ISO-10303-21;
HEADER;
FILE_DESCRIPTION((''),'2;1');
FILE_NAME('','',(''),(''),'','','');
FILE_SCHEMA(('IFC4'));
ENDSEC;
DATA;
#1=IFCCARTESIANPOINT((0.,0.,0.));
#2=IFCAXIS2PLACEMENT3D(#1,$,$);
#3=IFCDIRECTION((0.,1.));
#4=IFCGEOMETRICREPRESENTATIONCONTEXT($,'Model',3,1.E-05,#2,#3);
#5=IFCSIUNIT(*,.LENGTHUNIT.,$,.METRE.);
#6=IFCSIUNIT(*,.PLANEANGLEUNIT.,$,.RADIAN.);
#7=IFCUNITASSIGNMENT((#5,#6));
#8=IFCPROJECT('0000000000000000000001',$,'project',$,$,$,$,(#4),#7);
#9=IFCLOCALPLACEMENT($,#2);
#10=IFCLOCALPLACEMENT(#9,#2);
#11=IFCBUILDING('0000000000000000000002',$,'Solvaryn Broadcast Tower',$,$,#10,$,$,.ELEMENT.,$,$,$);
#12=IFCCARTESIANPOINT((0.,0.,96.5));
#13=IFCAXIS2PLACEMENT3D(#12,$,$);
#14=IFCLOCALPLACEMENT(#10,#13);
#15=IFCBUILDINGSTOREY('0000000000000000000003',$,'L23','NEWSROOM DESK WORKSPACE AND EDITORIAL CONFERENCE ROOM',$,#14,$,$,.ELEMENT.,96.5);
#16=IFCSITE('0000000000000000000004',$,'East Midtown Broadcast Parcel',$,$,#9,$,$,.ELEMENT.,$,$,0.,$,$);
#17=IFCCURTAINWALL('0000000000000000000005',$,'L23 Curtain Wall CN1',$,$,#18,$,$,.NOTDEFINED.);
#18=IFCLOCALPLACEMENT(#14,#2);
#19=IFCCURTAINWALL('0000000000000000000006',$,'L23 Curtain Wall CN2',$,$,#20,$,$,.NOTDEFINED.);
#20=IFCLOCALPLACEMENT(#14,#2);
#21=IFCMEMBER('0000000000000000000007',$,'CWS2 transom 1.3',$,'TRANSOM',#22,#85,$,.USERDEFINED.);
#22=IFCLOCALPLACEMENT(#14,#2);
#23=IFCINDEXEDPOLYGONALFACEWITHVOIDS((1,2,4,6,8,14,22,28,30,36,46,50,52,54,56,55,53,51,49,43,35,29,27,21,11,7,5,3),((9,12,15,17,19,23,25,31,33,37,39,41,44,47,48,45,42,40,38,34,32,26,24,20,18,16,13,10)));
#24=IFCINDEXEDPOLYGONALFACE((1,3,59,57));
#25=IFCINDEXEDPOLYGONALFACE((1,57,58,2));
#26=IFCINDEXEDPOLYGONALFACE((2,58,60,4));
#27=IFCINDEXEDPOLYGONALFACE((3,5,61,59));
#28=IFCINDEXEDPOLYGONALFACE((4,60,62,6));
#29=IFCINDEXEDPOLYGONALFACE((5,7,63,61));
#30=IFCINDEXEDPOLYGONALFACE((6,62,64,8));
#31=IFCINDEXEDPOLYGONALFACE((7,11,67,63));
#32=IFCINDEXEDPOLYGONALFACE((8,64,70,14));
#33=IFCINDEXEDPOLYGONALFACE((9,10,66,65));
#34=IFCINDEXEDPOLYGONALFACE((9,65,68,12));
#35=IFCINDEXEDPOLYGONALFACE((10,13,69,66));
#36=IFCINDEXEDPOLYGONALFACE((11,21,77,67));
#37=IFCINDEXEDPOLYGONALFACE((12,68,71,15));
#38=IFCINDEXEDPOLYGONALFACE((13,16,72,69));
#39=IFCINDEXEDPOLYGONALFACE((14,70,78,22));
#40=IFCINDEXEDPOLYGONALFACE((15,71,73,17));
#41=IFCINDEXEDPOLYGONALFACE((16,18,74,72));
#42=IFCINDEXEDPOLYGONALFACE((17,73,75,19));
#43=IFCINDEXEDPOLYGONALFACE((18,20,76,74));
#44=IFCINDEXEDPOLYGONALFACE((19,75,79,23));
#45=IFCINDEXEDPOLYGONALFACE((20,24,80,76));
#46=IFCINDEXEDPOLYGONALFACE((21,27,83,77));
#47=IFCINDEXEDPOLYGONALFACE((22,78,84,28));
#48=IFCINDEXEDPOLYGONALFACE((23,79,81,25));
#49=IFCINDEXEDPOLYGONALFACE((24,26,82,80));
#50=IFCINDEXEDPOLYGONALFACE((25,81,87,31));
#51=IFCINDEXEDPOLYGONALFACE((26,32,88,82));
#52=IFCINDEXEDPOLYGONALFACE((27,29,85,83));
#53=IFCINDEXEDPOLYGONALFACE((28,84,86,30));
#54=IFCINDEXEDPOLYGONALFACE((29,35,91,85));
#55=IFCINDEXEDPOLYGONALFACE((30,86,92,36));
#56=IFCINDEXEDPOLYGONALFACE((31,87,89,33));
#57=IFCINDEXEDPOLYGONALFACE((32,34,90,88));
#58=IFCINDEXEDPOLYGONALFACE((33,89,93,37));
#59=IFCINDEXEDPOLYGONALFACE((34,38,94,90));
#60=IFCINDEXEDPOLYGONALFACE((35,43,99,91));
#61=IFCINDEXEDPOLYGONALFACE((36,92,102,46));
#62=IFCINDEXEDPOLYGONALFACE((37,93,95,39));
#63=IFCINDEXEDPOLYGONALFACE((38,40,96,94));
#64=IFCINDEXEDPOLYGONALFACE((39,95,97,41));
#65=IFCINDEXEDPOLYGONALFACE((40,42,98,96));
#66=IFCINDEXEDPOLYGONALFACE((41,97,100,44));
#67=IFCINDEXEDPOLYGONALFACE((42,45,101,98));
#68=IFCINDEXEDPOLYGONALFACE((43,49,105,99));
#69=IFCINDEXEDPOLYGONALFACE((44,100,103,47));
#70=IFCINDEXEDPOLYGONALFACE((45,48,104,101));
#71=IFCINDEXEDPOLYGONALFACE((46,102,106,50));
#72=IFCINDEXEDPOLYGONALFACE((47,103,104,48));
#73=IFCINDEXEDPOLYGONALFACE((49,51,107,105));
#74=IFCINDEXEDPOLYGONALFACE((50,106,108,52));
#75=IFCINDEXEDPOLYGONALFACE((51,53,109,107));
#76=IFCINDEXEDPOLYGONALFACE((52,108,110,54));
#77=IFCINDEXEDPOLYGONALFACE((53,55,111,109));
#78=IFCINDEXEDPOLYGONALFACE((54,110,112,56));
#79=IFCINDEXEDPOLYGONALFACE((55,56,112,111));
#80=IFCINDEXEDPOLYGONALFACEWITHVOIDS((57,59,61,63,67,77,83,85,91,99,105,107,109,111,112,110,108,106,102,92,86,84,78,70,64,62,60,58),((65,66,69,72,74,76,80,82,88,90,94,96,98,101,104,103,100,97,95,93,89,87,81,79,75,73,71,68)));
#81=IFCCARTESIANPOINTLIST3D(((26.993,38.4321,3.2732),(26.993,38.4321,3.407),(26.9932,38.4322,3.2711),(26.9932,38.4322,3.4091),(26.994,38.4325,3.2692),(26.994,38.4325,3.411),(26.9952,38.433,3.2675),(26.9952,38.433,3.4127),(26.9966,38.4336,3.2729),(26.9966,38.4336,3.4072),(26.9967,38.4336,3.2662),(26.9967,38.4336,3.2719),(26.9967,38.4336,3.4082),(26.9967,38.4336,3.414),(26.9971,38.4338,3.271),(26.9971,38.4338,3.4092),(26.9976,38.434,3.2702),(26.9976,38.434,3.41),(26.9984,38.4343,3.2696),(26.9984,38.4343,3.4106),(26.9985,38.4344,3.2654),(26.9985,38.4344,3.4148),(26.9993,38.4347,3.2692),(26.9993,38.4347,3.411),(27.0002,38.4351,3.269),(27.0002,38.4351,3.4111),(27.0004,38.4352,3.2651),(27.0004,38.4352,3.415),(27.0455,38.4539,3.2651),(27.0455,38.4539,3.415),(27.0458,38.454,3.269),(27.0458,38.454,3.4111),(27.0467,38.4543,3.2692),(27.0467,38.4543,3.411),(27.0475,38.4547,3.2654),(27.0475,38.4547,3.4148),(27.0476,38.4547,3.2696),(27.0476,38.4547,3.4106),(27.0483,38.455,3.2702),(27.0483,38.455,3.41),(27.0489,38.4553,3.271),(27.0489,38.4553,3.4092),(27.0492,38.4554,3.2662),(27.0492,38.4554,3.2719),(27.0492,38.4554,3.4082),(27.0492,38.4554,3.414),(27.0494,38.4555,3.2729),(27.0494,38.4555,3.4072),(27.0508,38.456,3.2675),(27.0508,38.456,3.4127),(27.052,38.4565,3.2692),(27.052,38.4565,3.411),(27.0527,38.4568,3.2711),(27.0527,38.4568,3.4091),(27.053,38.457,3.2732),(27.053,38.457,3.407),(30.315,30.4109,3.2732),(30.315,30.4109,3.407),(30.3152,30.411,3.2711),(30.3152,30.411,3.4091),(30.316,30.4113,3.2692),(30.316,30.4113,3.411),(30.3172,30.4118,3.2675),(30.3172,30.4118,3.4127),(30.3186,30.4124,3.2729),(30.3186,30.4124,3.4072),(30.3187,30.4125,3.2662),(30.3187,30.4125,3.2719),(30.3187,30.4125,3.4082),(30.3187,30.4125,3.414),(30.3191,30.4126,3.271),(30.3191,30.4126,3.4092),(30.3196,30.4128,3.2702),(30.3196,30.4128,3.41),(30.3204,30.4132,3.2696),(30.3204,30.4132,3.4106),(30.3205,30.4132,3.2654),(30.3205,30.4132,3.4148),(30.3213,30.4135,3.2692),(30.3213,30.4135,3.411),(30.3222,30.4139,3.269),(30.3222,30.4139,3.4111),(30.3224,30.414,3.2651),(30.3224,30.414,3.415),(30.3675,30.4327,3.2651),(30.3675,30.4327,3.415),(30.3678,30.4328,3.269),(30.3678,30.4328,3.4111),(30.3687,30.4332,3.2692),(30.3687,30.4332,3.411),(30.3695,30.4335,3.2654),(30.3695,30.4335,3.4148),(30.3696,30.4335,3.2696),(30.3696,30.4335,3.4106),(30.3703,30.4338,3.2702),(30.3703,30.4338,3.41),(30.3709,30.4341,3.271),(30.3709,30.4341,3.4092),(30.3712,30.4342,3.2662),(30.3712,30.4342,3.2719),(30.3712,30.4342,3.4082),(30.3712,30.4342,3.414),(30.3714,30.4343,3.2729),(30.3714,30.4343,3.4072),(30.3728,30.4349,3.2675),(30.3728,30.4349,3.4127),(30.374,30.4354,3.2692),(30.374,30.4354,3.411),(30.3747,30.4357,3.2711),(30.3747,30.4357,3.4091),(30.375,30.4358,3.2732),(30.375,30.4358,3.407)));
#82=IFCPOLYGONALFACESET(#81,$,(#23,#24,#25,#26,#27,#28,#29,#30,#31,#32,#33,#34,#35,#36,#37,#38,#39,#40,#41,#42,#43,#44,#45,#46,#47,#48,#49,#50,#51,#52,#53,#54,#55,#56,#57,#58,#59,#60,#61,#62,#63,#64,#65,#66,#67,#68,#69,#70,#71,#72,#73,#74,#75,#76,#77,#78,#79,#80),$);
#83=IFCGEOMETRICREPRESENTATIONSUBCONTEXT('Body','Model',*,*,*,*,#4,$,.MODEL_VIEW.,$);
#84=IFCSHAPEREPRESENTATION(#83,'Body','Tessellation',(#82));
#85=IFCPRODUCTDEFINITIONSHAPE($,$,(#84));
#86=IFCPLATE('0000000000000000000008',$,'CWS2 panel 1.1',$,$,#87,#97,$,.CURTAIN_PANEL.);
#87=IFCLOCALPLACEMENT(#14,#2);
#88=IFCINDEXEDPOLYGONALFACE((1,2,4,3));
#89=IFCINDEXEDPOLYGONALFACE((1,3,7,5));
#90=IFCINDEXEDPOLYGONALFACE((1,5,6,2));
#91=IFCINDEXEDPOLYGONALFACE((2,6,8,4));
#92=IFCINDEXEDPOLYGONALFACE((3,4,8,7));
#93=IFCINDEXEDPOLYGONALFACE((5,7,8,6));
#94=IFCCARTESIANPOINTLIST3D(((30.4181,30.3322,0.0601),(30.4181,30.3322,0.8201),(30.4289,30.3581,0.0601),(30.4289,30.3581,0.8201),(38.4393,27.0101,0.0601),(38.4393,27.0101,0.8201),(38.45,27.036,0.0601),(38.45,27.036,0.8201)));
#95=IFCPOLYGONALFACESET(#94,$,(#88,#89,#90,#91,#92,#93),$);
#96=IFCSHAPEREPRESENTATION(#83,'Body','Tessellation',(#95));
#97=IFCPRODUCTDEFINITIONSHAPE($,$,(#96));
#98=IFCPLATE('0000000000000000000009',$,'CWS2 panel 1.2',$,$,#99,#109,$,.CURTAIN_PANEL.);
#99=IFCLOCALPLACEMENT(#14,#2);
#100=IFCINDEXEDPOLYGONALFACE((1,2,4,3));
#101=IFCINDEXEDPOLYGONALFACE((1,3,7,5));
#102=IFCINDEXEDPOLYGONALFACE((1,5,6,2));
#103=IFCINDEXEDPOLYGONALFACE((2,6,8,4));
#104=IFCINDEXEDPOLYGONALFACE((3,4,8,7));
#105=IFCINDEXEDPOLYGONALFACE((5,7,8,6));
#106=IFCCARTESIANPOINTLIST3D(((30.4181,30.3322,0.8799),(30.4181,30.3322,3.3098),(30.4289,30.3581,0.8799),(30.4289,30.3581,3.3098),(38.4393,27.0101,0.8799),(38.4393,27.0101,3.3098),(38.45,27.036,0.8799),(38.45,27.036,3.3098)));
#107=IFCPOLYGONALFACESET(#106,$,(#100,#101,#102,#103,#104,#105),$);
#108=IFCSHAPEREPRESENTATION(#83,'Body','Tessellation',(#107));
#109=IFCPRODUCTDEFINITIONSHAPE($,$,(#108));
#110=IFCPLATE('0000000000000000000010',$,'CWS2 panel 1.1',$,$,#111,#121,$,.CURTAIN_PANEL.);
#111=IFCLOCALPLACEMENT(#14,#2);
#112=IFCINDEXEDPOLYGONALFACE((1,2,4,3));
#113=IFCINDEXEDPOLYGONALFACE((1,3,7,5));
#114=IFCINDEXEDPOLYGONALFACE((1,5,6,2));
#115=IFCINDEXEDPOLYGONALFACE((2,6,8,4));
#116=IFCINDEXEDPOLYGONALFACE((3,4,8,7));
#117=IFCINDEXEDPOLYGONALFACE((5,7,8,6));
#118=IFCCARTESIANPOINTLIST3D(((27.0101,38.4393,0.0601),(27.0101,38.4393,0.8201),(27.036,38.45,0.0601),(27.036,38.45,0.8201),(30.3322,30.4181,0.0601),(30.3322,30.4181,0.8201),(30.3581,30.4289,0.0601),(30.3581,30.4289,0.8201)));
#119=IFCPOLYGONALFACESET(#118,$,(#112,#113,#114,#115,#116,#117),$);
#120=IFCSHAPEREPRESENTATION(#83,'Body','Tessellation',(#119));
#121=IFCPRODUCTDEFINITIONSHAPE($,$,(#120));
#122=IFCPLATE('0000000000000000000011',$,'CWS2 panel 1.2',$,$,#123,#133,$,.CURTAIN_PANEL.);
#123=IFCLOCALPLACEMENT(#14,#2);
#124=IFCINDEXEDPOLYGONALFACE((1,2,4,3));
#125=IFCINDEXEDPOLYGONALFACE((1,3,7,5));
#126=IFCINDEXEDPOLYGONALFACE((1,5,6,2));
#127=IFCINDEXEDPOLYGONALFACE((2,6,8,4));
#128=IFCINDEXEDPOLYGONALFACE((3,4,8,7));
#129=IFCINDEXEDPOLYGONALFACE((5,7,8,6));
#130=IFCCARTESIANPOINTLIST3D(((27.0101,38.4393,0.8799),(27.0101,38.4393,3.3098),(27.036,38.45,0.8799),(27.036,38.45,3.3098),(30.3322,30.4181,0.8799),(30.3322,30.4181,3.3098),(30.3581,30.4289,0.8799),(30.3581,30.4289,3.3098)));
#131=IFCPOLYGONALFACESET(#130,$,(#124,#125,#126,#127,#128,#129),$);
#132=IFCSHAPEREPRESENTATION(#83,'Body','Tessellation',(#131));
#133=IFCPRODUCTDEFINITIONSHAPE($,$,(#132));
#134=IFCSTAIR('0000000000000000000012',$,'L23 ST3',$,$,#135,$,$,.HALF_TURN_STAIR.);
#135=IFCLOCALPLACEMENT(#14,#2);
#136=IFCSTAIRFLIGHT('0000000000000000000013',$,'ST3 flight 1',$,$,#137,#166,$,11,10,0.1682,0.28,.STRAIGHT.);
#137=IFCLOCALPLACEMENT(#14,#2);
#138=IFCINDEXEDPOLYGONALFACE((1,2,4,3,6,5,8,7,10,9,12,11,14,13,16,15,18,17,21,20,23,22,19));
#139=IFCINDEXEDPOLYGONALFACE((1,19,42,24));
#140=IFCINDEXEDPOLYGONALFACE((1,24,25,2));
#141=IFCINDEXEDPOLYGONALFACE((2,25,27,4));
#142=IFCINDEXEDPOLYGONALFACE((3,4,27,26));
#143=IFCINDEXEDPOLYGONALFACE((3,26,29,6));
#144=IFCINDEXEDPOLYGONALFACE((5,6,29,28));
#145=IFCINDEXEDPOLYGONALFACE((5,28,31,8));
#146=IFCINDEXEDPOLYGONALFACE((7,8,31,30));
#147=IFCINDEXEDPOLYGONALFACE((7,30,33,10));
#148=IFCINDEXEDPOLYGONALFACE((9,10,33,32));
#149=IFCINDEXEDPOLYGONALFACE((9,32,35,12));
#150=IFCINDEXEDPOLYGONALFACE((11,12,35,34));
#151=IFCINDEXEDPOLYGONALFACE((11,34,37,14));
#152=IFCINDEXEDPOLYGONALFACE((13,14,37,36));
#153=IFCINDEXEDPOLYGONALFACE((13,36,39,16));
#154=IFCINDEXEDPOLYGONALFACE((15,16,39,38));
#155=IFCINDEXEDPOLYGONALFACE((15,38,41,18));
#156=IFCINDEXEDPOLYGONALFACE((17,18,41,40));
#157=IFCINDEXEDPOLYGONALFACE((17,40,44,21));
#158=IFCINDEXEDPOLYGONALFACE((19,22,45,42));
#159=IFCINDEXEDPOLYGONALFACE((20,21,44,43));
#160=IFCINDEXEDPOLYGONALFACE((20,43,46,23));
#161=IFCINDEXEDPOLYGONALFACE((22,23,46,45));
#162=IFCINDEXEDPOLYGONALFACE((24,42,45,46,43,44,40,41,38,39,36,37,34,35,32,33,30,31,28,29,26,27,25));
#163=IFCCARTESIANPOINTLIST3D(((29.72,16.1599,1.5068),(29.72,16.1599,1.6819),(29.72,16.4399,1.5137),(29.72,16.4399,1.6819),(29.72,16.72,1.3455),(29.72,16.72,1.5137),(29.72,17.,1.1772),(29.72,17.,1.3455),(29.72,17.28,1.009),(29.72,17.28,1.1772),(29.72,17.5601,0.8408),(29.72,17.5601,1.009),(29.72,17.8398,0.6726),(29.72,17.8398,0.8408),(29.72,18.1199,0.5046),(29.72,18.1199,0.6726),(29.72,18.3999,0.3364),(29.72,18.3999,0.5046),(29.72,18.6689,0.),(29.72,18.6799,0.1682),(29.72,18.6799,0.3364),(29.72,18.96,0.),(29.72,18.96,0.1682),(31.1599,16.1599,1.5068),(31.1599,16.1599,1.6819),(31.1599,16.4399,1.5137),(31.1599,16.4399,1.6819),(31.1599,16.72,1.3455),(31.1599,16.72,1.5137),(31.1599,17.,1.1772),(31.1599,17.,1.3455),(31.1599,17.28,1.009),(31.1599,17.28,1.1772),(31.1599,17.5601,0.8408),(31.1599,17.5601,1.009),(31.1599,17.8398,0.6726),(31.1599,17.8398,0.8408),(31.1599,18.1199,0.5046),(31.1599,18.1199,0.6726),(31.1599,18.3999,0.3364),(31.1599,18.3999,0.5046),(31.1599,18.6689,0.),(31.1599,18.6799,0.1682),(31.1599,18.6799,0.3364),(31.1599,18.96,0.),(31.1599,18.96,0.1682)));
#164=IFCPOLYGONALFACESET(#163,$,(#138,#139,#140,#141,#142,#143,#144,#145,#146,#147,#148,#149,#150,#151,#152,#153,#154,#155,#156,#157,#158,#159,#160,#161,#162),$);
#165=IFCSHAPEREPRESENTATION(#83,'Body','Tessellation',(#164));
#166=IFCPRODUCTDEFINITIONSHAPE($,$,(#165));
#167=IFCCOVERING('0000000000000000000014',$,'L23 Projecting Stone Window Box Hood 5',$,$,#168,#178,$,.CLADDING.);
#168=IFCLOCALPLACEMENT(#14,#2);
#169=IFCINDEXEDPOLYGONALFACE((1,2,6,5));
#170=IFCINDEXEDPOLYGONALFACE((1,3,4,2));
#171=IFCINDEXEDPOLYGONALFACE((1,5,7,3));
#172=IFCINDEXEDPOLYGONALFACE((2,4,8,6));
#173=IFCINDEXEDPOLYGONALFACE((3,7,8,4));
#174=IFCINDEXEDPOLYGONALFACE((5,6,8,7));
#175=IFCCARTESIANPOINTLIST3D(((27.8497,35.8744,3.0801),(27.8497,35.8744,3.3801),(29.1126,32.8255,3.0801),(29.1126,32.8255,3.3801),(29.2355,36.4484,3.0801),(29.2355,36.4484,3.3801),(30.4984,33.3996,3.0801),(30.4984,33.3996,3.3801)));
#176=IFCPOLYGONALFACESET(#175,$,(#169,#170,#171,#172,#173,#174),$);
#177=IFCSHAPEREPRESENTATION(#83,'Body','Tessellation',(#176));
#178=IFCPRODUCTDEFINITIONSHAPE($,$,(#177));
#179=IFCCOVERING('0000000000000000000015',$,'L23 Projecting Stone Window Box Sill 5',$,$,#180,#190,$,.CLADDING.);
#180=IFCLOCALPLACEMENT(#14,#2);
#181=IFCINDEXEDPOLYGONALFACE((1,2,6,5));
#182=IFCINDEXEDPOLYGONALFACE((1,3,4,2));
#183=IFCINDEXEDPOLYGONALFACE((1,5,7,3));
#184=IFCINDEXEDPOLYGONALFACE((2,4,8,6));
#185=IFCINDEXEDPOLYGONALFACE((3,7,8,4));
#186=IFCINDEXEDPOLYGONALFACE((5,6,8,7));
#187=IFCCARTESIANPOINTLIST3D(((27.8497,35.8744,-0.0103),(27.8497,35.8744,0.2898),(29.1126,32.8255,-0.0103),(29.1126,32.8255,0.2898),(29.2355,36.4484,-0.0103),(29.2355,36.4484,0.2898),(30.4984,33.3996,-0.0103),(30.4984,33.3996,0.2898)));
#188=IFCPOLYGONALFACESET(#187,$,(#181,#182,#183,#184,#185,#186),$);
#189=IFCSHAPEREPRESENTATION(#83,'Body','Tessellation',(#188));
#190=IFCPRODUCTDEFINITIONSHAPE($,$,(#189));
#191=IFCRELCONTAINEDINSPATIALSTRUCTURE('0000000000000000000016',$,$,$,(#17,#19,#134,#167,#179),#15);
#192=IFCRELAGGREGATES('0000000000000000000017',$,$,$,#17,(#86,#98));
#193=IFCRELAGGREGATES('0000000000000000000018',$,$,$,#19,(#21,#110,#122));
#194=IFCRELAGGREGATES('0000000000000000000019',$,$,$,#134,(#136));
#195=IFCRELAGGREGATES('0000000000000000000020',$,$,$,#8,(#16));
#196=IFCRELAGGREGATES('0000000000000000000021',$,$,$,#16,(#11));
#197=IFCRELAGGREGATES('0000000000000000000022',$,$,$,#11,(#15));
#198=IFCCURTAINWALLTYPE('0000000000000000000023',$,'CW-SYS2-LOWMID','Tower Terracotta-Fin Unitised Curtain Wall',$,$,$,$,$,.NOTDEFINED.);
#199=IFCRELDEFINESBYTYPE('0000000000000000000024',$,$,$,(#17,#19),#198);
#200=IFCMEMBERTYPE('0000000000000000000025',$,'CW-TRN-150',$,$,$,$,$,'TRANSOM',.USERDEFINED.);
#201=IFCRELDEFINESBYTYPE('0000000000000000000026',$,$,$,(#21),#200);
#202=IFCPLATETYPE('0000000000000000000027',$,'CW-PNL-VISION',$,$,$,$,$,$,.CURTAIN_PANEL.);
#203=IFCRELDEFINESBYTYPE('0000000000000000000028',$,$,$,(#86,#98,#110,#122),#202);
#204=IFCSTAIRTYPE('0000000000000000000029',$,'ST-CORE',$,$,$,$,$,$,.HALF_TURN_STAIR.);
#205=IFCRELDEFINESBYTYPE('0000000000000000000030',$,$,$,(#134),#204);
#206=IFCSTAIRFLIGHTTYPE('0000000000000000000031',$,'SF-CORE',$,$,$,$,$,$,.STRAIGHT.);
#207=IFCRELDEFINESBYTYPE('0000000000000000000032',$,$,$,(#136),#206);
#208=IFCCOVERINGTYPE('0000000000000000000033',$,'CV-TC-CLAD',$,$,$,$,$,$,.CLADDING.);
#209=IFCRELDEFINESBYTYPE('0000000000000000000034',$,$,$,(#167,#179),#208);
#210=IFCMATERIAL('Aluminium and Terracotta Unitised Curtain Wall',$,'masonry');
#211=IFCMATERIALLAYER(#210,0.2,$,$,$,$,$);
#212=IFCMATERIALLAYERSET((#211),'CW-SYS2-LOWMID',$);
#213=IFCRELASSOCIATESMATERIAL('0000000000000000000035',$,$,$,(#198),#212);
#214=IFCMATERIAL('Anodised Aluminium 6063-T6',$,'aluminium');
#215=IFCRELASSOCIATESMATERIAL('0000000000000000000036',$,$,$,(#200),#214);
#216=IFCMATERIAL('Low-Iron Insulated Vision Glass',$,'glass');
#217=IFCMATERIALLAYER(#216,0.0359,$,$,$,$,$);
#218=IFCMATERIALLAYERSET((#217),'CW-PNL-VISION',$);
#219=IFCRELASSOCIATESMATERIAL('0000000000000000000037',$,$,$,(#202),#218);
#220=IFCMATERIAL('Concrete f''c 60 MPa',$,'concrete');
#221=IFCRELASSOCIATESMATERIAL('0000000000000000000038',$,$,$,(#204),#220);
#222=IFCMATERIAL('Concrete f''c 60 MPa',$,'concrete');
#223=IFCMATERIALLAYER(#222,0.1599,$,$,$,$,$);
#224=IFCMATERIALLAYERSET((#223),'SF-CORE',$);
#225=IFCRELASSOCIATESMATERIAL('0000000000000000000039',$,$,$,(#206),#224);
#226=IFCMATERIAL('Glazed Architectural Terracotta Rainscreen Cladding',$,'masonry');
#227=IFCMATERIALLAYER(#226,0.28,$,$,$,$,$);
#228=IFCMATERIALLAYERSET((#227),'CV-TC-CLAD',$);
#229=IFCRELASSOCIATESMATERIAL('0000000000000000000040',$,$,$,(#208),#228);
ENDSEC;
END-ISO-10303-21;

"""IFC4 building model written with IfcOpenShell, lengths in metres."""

from ifc_helpers import new_model, si_unit, direction, frame, origin, origin_2d, place, context, subcontext, project, spatial, polyline, rectangle, hollow_rectangle, outline, extrude, material, layer, layer_set, material_profile, profile_set, type_object, element, aggregate, save


model = new_model("IFC4")

# Units and contexts
model_context = context("Model", 3, precision=1e-05, world=origin(), true_north=direction((0.0, 1.0)))
body_context = subcontext(model_context, "Body", "Model", "MODEL_VIEW")
ifc_project = project(units=[si_unit("LENGTHUNIT", "METRE"), si_unit("PLANEANGLEUNIT", "RADIAN")], contexts=[model_context])

# Site, building, storey
site_placement = place(None, origin())
site = spatial("IfcSite", under=ifc_project, at=site_placement, Name="East Midtown Broadcast Parcel", CompositionType="ELEMENT", RefElevation=0.0)
building_placement = place(site_placement, origin())
building = spatial("IfcBuilding", under=site, at=building_placement, Name="Solvaryn Broadcast Tower", CompositionType="ELEMENT")
storey_placement = place(building_placement, frame((0.0, 0.0, 96.5)))
storey = spatial("IfcBuildingStorey", under=building, at=storey_placement, Name="L23", Description="NEWSROOM DESK WORKSPACE AND EDITORIAL CONFERENCE ROOM", CompositionType="ELEMENT", Elevation=96.5)

# Curtain wall
ifc_material_1 = material(Name="Aluminium and Terracotta Unitised Curtain Wall", Category="masonry")
ifc_layer_1 = layer(ifc_material_1, 0.2)
ifc_layer_set_1 = layer_set([ifc_layer_1], Name="CW-SYS2-LOWMID")
curtain_wall_type = type_object("IfcCurtainWallType", Name="CW-SYS2-LOWMID", Description="Tower Terracotta-Fin Unitised Curtain Wall", PredefinedType="NOTDEFINED", material=ifc_layer_set_1)
curtain_wall_1_placement = place(storey_placement, origin())
curtain_wall_1 = element("IfcCurtainWall", 1, at=curtain_wall_1_placement, inside=storey, type_object=curtain_wall_type, Name="L23 Curtain Wall CN1", PredefinedType="NOTDEFINED")

# Curtain wall, member
curtain_wall_2_placement = place(storey_placement, origin())
curtain_wall_2 = element("IfcCurtainWall", 2, at=curtain_wall_2_placement, inside=storey, type_object=curtain_wall_type, Name="L23 Curtain Wall CN2", PredefinedType="NOTDEFINED")
ifc_material_2 = material(Name="Anodised Aluminium 6063-T6", Category="aluminium")
ifc_material_profile_1 = material_profile(ifc_material_2, hollow_rectangle(XDim=0.0649, YDim=0.1499, WallThickness=0.0039, InnerFilletRadius=0.0039, OuterFilletRadius=0.0081, at=origin_2d()))
ifc_profile_set_1 = profile_set([ifc_material_profile_1], Name="Anodised Aluminium 6063-T6")
member_type_1 = type_object("IfcMemberType", Name="CW-TRN-150", ElementType="TRANSOM", PredefinedType="USERDEFINED", material=ifc_profile_set_1)
member_1_placement = place(storey_placement, frame((30.345, 30.4233, 3.3401), z_axis=(-0.382636, 0.923899, 0.0), x_axis=(-0.923899, -0.382636, 0.0)))
member_1 = element("IfcMember", 3, at=member_1_placement, type_object=member_type_1, Name="CWS2 transom 1.3", ObjectType="TRANSOM", PredefinedType="USERDEFINED", context=body_context, shape_type="SweptSolid", body=[
    extrude(hollow_rectangle(XDim=0.0649, YDim=0.1499, WallThickness=0.0039, InnerFilletRadius=0.0039, OuterFilletRadius=0.0081, at=origin_2d()), origin(), (0.0, 0.0, 1.0), 8.6819),
])

# Plates
ifc_material_3 = material(Name="Low-Iron Insulated Vision Glass", Category="glass")
ifc_layer_2 = layer(ifc_material_3, 0.0359)
ifc_layer_set_2 = layer_set([ifc_layer_2], Name="CW-PNL-VISION")
plate_type = type_object("IfcPlateType", Name="CW-PNL-VISION", PredefinedType="CURTAIN_PANEL", material=ifc_layer_set_2)
plate_1_placement = place(storey_placement, frame((34.4341, 28.6841, 0.0601), z_axis=(0.0, 0.0, 1.0), x_axis=(-0.923895, 0.382646, 0.0)))
plate_1 = element("IfcPlate", 4, at=plate_1_placement, type_object=plate_type, Name="CWS2 panel 1.1", PredefinedType="CURTAIN_PANEL", context=body_context, shape_type="SweptSolid", body=[
    extrude(rectangle(XDim=8.6819, YDim=0.0281, at=origin_2d()), origin(), (0.0, 0.0, 1.0), 0.76),
])
plate_2_placement = place(storey_placement, frame((34.4341, 28.6841, 0.8799), z_axis=(0.0, 0.0, 1.0), x_axis=(-0.923895, 0.382646, 0.0)))
plate_2 = element("IfcPlate", 5, at=plate_2_placement, type_object=plate_type, Name="CWS2 panel 1.2", PredefinedType="CURTAIN_PANEL", context=body_context, shape_type="SweptSolid", body=[
    extrude(rectangle(XDim=8.6819, YDim=0.0281, at=origin_2d()), origin(), (0.0, 0.0, 1.0), 2.4299),
])
aggregate(curtain_wall_1, [plate_1, plate_2])
plate_3_placement = place(storey_placement, frame((28.6841, 34.4341, 0.0601), z_axis=(0.0, 0.0, 1.0), x_axis=(-0.382646, 0.923895, 0.0)))
plate_3 = element("IfcPlate", 6, at=plate_3_placement, type_object=plate_type, Name="CWS2 panel 1.1", PredefinedType="CURTAIN_PANEL", context=body_context, shape_type="SweptSolid", body=[
    extrude(rectangle(XDim=8.6819, YDim=0.0281, at=origin_2d()), origin(), (0.0, 0.0, 1.0), 0.76),
])
plate_4_placement = place(storey_placement, frame((28.6841, 34.4341, 0.8799), z_axis=(0.0, 0.0, 1.0), x_axis=(-0.382646, 0.923895, 0.0)))
plate_4 = element("IfcPlate", 7, at=plate_4_placement, type_object=plate_type, Name="CWS2 panel 1.2", PredefinedType="CURTAIN_PANEL", context=body_context, shape_type="SweptSolid", body=[
    extrude(rectangle(XDim=8.6819, YDim=0.0281, at=origin_2d()), origin(), (0.0, 0.0, 1.0), 2.4299),
])
aggregate(curtain_wall_2, [member_1, plate_3, plate_4])

# Stair, stair flight
ifc_material_4 = material(Name="Concrete f'c 60 MPa", Category="concrete")
stair_type = type_object("IfcStairType", Name="ST-CORE", PredefinedType="HALF_TURN_STAIR", material=ifc_material_4)
stair_placement = place(storey_placement, origin())
stair = element("IfcStair", 8, at=stair_placement, inside=storey, type_object=stair_type, Name="L23 ST3", PredefinedType="HALF_TURN_STAIR")
ifc_material_5 = material(Name="Concrete f'c 60 MPa", Category="concrete")
ifc_layer_3 = layer(ifc_material_5, 0.1599)
ifc_layer_set_3 = layer_set([ifc_layer_3], Name="SF-CORE")
stair_flight_type = type_object("IfcStairFlightType", Name="SF-CORE", PredefinedType="STRAIGHT", material=ifc_layer_set_3)
stair_flight_placement = place(storey_placement, frame((30.4399, 18.96, 0.0), z_axis=(0.0, 0.0, 1.0), x_axis=(0.0, -1.0, 0.0)))
stair_flight = element("IfcStairFlight", 9, at=stair_flight_placement, type_object=stair_flight_type, Name="ST3 flight 1", NumberOfRisers=11, NumberOfTreads=10, PredefinedType="STRAIGHT", RiserHeight=0.1682, TreadLength=0.28, context=body_context, shape_type="SweptSolid", body=[
    extrude(outline(polyline([(0.0, 0.0), (0.0, 0.1682), (0.28, 0.1682), (0.28, 0.3364), (0.5601, 0.3364), (0.5601, 0.5046), (0.8401, 0.5046), (0.8401, 0.6726), (1.1201, 0.6726), (1.1201, 0.8408), (1.3999, 0.8408), (1.3999, 1.009), (1.6799, 1.009), (1.6799, 1.1772), (1.96, 1.1772), (1.96, 1.3455), (2.24, 1.3455), (2.24, 1.5137), (2.52, 1.5137), (2.52, 1.6819), (2.8, 1.6819), (2.8, 1.8501), (2.8, 1.5068), (0.291, 0.0), (0.0, 0.0)])), frame((0.0, 0.72, 0.0), z_axis=(0.0, -1.0, 0.0), x_axis=(1.0, 0.0, 0.0)), (0.0, 0.0, 1.0), 1.4399),
])
aggregate(stair, [stair_flight])

# Coverings
ifc_material_6 = material(Name="Glazed Architectural Terracotta Rainscreen Cladding", Category="masonry")
ifc_layer_4 = layer(ifc_material_6, 0.28)
ifc_layer_set_4 = layer_set([ifc_layer_4], Name="CV-TC-CLAD")
covering_type_1 = type_object("IfcCoveringType", Name="CV-TC-CLAD", PredefinedType="CLADDING", material=ifc_layer_set_4)
for number, where, z_axis, x_axis, name in (
    (10, (29.1741, 34.637, 3.0801), (0.0, 0.0, 1.0), (-0.382683, 0.92388, 0.0), "L23 Projecting Stone Window Box Hood 5"),
    (11, (29.1741, 34.637, -0.0103), (0.0, 0.0, 1.0), (-0.382683, 0.92388, 0.0), "L23 Projecting Stone Window Box Sill 5"),
):
    element("IfcCovering", number, at=place(storey_placement, frame(where, z_axis=z_axis, x_axis=x_axis)), inside=storey, type_object=covering_type_1, Name=name, PredefinedType="CLADDING", context=body_context, shape_type="SweptSolid", body=[
        extrude(rectangle(XDim=3.3, YDim=1.5, at=origin_2d()), origin(), (0.0, 0.0, 1.0), 0.3),
    ])

save(model, "model.ifc")
